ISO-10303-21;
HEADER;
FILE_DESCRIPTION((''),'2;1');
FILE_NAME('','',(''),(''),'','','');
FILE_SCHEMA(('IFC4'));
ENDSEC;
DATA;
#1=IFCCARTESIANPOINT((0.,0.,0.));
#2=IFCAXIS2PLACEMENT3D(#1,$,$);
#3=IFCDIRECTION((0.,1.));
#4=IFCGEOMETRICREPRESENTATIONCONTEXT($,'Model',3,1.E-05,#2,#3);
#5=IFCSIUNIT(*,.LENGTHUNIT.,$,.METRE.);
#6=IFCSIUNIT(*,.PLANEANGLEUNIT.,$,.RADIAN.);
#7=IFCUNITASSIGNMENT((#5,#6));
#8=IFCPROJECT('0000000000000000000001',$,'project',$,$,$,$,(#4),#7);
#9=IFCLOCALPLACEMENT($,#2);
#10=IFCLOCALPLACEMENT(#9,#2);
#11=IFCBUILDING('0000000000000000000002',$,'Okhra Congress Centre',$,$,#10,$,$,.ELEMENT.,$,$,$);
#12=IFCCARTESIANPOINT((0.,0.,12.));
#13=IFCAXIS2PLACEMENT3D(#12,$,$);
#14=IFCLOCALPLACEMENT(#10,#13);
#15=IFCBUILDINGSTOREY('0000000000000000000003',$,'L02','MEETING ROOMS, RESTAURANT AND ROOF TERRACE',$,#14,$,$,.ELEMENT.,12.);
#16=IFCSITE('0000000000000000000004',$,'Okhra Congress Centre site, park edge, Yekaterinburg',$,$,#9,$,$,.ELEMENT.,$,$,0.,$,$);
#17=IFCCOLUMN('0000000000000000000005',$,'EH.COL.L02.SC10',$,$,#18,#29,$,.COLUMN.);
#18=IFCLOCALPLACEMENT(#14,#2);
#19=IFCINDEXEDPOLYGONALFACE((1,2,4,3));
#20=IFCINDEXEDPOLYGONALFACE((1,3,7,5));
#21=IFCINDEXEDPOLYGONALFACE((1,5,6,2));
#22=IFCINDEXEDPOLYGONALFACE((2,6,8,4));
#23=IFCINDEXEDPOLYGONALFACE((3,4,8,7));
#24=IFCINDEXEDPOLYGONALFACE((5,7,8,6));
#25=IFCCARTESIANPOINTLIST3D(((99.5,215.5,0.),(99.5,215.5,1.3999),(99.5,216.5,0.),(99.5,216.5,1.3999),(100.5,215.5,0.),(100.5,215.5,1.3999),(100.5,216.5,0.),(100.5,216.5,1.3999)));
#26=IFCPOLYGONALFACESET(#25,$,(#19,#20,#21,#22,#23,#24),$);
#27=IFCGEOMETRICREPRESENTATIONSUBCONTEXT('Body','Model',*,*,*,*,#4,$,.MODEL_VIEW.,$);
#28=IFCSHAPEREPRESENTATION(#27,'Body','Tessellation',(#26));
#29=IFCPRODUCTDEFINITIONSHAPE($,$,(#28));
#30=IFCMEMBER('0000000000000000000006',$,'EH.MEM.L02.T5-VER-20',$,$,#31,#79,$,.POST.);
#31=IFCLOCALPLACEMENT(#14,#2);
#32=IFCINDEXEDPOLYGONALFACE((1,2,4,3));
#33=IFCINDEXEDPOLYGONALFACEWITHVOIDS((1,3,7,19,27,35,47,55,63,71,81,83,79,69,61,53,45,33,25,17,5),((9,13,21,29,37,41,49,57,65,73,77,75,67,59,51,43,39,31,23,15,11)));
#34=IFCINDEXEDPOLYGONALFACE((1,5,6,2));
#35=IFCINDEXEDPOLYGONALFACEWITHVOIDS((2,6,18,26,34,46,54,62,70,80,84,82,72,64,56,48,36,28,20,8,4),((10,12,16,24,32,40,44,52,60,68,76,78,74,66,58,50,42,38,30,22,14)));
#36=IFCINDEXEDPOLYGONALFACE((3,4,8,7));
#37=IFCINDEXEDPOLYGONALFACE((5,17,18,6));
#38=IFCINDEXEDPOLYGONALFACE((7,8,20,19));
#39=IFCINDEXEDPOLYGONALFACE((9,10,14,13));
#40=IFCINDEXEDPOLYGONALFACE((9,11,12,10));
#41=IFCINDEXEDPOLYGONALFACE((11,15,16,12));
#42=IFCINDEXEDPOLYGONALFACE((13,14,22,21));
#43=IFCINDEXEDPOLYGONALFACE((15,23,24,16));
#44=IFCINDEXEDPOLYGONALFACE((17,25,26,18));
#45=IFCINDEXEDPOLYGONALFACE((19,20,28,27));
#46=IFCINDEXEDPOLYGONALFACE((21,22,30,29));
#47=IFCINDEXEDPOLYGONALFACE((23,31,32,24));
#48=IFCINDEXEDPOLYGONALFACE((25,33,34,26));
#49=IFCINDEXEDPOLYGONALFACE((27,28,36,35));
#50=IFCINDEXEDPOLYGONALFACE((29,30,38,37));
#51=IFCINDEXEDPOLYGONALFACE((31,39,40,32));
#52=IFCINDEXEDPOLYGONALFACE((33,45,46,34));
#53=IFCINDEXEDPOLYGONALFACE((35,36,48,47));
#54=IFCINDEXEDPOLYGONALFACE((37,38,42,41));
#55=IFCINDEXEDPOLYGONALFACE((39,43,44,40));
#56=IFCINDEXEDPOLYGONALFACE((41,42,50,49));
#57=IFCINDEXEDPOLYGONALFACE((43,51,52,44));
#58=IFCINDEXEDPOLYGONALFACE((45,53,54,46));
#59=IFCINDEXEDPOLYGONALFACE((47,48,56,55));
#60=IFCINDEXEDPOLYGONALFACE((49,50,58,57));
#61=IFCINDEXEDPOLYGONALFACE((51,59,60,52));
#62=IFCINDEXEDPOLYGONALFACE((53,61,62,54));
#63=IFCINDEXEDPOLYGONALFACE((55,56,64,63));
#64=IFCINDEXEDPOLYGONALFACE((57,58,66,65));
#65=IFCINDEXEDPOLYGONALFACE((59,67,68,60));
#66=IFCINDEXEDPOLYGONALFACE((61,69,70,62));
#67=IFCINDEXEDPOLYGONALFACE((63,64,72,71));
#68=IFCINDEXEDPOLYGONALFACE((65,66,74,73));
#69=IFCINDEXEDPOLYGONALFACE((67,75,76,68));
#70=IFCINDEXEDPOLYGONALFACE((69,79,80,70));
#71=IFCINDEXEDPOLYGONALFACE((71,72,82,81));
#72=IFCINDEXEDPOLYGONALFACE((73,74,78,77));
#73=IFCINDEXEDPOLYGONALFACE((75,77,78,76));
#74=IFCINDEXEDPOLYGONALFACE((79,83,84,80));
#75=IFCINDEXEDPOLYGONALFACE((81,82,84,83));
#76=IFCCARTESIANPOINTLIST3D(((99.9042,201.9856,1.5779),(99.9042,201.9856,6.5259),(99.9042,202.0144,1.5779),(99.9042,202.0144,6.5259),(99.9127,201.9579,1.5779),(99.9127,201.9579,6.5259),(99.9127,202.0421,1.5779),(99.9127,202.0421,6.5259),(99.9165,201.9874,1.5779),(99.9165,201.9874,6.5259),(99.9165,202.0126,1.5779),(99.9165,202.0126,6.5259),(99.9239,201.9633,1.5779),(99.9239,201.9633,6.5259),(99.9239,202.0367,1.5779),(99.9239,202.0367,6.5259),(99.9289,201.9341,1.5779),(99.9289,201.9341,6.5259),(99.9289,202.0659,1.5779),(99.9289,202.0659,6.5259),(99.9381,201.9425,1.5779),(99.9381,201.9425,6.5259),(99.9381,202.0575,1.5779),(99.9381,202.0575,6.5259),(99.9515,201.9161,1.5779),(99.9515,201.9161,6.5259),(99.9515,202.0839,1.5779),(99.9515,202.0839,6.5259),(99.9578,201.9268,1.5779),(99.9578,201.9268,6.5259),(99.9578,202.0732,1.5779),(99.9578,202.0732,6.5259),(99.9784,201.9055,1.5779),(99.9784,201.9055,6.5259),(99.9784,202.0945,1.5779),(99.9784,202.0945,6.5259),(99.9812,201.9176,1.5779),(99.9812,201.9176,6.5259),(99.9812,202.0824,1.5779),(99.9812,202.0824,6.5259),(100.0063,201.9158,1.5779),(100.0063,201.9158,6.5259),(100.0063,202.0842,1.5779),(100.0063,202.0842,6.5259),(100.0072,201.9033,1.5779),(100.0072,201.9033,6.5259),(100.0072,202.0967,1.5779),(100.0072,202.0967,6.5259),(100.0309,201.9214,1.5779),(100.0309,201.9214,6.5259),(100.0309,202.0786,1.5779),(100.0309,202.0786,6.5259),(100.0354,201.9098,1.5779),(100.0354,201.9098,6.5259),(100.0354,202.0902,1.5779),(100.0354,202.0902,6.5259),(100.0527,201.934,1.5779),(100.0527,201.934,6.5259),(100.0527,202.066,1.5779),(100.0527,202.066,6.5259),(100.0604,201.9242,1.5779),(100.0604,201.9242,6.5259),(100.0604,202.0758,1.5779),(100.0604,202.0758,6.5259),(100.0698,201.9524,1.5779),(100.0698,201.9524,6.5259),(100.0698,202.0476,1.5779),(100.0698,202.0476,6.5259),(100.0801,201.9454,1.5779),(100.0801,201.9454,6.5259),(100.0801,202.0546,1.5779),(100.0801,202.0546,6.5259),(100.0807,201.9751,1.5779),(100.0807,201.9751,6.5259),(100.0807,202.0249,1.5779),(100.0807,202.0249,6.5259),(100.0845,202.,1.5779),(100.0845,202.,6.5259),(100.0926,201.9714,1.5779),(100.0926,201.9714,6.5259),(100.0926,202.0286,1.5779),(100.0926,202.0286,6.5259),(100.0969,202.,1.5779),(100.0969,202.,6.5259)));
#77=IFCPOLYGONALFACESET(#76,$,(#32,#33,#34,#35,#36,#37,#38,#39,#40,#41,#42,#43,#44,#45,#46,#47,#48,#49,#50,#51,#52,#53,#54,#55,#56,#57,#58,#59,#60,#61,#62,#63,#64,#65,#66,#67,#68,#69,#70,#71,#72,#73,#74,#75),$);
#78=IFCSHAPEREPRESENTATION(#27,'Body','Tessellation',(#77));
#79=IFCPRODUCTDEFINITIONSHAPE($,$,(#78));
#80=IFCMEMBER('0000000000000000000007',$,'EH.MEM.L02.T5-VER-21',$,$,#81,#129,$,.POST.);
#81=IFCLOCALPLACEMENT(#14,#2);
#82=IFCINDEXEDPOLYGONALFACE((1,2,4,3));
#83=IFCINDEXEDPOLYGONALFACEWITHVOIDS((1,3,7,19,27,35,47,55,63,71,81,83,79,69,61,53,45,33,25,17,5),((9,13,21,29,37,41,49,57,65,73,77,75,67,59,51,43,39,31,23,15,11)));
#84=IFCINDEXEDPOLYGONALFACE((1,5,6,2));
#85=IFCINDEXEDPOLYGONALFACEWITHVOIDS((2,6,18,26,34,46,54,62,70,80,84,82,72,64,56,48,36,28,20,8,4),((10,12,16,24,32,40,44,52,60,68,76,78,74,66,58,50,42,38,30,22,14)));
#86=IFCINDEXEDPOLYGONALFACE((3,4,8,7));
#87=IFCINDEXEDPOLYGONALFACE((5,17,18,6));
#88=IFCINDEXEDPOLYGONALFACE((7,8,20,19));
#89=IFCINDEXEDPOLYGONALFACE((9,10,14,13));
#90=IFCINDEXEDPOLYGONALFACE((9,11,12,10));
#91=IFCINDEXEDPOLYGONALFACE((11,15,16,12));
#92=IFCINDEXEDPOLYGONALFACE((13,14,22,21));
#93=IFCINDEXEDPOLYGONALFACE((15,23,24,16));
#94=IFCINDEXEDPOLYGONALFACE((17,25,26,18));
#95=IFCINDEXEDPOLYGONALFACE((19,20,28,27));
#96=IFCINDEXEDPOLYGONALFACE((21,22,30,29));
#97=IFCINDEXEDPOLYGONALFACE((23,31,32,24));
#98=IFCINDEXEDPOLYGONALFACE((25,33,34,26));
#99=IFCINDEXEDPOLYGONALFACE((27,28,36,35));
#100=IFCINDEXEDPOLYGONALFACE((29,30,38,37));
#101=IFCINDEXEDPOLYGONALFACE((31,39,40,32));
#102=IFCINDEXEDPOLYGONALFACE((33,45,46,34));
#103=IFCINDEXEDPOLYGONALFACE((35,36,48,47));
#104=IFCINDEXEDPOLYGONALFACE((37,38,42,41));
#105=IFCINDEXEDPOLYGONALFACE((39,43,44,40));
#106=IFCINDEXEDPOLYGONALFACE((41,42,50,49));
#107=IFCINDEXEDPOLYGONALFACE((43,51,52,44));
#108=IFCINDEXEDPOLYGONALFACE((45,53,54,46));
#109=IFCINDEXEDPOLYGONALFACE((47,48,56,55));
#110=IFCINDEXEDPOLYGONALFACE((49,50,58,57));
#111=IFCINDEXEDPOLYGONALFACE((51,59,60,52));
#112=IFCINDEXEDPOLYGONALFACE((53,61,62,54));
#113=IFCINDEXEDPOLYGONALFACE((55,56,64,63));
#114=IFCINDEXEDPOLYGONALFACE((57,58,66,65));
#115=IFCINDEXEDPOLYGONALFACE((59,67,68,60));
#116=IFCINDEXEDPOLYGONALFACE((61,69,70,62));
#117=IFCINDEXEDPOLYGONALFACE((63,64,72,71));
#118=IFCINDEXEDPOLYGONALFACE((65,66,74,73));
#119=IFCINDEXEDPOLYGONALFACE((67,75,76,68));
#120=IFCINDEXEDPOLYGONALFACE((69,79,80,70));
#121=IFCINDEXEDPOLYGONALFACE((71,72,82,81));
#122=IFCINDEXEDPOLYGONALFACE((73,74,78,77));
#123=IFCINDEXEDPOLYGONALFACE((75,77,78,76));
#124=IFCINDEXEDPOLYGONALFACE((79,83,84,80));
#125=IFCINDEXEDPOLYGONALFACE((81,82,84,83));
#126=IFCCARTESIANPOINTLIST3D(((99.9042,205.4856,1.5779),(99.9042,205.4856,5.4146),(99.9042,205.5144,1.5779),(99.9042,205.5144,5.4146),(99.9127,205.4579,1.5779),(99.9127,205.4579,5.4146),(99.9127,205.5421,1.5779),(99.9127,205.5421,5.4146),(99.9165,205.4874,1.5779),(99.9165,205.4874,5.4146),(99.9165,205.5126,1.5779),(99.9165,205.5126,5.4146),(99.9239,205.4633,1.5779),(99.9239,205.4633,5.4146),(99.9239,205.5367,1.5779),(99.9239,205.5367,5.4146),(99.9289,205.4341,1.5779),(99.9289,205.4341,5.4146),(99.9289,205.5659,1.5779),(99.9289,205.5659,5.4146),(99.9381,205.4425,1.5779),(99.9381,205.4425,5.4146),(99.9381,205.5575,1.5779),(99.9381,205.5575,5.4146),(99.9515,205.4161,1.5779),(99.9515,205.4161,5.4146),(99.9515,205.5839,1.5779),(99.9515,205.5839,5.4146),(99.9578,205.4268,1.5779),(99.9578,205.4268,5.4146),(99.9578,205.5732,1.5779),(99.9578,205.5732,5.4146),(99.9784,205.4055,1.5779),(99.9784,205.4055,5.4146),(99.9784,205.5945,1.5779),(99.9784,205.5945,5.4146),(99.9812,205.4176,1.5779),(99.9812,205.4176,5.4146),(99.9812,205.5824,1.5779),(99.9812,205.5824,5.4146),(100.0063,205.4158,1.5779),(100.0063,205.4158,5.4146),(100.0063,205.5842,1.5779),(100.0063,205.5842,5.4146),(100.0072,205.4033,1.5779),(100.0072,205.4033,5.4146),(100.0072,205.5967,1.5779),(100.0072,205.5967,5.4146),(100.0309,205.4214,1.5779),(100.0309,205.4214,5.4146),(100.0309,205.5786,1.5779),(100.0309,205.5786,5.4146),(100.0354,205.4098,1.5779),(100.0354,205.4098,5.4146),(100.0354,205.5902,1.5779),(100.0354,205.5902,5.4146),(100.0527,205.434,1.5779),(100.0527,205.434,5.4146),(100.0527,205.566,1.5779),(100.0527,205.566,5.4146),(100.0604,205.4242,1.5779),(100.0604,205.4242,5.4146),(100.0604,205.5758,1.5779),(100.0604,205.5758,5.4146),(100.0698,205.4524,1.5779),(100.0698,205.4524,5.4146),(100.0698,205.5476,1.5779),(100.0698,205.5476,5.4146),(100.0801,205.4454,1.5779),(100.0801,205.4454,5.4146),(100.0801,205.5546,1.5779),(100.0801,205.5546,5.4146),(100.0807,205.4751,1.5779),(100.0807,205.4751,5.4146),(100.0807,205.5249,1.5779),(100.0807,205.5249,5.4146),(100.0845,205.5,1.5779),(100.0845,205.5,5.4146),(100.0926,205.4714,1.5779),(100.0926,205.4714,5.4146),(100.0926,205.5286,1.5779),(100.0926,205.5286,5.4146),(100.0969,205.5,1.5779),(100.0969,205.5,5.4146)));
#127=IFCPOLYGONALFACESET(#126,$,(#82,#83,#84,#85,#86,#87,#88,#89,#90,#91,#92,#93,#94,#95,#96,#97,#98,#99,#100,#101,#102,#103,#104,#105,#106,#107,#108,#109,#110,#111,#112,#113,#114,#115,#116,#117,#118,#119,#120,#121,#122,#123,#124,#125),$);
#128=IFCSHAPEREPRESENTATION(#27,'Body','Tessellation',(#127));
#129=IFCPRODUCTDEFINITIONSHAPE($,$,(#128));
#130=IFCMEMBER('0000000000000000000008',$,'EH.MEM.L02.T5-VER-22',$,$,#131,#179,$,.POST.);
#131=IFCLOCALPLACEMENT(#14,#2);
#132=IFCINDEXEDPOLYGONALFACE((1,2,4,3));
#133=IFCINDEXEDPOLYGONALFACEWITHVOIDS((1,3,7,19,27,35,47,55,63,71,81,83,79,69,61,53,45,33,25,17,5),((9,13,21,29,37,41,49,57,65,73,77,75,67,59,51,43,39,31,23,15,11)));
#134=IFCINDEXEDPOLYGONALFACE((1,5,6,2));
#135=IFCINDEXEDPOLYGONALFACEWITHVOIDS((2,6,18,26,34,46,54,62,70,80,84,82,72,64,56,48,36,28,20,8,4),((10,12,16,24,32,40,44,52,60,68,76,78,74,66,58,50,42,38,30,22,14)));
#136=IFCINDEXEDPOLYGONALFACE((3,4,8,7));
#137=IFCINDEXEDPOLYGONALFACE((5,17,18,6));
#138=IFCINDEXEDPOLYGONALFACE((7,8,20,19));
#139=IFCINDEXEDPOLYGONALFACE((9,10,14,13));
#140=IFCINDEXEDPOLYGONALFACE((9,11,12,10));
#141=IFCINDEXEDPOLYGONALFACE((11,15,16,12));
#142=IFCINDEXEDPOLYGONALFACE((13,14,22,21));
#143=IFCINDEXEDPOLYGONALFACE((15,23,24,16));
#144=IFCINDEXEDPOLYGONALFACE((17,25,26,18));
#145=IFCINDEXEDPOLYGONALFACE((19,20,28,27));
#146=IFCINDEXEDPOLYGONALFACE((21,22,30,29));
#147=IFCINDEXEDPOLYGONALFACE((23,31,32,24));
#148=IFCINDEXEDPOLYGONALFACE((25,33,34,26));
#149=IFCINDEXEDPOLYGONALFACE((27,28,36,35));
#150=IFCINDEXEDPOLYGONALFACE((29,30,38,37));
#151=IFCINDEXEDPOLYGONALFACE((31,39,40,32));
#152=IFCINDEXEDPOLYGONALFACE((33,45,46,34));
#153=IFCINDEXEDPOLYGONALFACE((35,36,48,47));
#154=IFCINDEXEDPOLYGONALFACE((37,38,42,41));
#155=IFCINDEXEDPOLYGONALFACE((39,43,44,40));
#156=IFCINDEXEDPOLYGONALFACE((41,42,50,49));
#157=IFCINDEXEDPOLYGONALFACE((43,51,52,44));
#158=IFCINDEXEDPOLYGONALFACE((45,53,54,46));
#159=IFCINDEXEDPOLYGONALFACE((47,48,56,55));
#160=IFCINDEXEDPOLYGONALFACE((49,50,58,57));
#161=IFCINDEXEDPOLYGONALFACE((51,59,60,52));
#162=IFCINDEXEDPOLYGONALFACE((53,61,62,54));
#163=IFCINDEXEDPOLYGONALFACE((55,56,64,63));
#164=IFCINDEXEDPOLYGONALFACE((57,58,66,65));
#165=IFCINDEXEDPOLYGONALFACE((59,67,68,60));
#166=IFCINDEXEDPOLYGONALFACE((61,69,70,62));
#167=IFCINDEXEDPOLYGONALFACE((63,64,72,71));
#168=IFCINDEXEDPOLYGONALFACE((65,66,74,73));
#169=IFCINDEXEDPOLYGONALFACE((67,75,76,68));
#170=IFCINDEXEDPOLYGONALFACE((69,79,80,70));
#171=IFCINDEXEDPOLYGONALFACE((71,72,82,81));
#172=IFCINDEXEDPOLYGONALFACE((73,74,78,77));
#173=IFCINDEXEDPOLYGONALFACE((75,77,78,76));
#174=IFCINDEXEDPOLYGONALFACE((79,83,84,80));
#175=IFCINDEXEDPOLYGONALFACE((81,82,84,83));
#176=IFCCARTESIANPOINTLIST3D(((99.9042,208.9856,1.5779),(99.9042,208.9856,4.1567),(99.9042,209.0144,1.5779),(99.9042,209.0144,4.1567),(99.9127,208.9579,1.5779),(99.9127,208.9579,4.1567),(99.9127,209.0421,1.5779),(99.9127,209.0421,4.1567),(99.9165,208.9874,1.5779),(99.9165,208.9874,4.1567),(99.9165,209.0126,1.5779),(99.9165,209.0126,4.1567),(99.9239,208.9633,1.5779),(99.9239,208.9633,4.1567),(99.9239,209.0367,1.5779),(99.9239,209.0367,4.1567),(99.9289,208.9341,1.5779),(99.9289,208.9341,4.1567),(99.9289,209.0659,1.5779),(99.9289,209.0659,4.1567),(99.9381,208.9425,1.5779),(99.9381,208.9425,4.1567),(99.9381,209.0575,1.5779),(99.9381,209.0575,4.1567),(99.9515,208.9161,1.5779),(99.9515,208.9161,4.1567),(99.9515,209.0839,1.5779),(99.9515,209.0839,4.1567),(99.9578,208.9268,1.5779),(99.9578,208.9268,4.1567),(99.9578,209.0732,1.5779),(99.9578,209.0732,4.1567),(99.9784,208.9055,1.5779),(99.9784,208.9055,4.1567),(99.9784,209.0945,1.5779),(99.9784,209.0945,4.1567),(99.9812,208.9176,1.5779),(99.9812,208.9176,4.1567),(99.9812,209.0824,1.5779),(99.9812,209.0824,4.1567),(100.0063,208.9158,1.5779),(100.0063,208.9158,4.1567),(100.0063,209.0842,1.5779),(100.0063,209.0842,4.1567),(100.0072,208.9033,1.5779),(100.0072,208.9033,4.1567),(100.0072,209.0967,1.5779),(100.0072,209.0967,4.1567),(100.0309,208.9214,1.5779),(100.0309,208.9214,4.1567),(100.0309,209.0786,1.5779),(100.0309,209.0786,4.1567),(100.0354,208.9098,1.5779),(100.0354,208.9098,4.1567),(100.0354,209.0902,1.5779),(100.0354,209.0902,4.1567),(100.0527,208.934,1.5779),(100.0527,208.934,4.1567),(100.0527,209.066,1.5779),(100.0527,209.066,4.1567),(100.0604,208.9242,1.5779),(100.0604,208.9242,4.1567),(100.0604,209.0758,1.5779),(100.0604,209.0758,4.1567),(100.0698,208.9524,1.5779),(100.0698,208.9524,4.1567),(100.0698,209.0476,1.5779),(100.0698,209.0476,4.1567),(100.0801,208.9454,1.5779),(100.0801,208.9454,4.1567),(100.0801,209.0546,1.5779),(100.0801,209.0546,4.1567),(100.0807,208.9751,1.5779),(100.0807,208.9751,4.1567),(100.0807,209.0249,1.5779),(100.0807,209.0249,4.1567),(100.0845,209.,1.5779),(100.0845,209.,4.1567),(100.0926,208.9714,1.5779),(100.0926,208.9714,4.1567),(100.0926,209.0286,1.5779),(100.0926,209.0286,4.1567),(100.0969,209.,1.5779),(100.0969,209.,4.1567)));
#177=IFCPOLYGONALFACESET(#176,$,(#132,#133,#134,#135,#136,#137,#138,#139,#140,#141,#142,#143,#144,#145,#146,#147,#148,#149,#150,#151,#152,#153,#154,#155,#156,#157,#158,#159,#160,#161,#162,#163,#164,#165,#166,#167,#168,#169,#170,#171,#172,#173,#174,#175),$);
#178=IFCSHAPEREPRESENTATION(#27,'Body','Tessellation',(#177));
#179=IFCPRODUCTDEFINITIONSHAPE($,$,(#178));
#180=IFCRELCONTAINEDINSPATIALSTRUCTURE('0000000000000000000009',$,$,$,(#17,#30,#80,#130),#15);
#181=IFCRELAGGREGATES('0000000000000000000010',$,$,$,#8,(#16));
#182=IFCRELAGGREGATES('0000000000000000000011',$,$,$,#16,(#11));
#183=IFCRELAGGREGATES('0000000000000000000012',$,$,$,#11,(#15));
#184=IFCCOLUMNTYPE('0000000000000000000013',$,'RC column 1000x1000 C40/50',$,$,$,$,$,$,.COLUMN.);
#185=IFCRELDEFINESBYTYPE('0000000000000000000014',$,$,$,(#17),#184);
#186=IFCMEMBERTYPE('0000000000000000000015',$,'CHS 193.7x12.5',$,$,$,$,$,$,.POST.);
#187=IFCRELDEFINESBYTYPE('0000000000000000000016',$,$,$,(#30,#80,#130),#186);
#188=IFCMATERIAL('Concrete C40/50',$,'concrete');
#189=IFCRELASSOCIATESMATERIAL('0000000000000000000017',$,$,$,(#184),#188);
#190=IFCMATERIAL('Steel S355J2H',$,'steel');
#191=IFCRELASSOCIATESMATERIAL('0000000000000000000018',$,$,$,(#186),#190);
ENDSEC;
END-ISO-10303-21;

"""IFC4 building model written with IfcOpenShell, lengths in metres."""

from ifc_helpers import new_model, si_unit, direction, frame, origin, origin_2d, place, context, subcontext, project, spatial, rectangle, hollow_circle, extrude, material, material_profile, profile_set, type_object, element, save


model = new_model("IFC4")

# Units and contexts
model_context = context("Model", 3, precision=1e-05, world=origin(), true_north=direction((0.0, 1.0)))
body_context = subcontext(model_context, "Body", "Model", "MODEL_VIEW")
ifc_project = project(units=[si_unit("LENGTHUNIT", "METRE"), si_unit("PLANEANGLEUNIT", "RADIAN")], contexts=[model_context])

# Site, building, storey
site_placement = place(None, origin())
site = spatial("IfcSite", under=ifc_project, at=site_placement, Name="Okhra Congress Centre site, park edge, Yekaterinburg", CompositionType="ELEMENT", RefElevation=0.0)
building_placement = place(site_placement, origin())
building = spatial("IfcBuilding", under=site, at=building_placement, Name="Okhra Congress Centre", CompositionType="ELEMENT")
storey_placement = place(building_placement, frame((0.0, 0.0, 12.0)))
storey = spatial("IfcBuildingStorey", under=building, at=storey_placement, Name="L02", Description="MEETING ROOMS, RESTAURANT AND ROOF TERRACE", CompositionType="ELEMENT", Elevation=12.0)

# Column
ifc_material_1 = material(Name="Concrete C40/50", Category="concrete")
ifc_material_profile_1 = material_profile(ifc_material_1, rectangle(XDim=1.0, YDim=1.0, at=origin_2d()), Name="RC 1000x1000")
ifc_profile_set_1 = profile_set([ifc_material_profile_1], Name="Concrete C40/50")
column_type = type_object("IfcColumnType", Name="RC column 1000x1000 C40/50", PredefinedType="COLUMN", material=ifc_profile_set_1)
column_placement = place(storey_placement, frame((100.0, 216.0, 0.0), z_axis=(0.0, 0.0, 1.0), x_axis=(1.0, 0.0, 0.0)))
element("IfcColumn", 1, at=column_placement, inside=storey, type_object=column_type, Name="EH.COL.L02.SC10", PredefinedType="COLUMN", context=body_context, shape_type="SweptSolid", body=[
    extrude(rectangle(XDim=1.0, YDim=1.0, at=origin_2d()), origin(), (0.0, 0.0, 1.0), 1.3999),
])

# Members
ifc_material_2 = material(Name="Steel S355J2H", Category="steel")
ifc_material_profile_2 = material_profile(ifc_material_2, hollow_circle(Radius=0.0969, WallThickness=0.0125, at=origin_2d()), Name="CHS 193.7x12.5")
ifc_profile_set_2 = profile_set([ifc_material_profile_2], Name="Steel S355J2H")
member_type_1 = type_object("IfcMemberType", Name="CHS 193.7x12.5", PredefinedType="POST", material=ifc_profile_set_2)
member_1_placement = place(storey_placement, frame((100.0, 202.0, 1.5779), z_axis=(0.0, 0.0, 1.0), x_axis=(1.0, 0.0, 0.0)))
element("IfcMember", 2, at=member_1_placement, inside=storey, type_object=member_type_1, Name="EH.MEM.L02.T5-VER-20", PredefinedType="POST", context=body_context, shape_type="SweptSolid", body=[
    extrude(hollow_circle(Radius=0.0969, WallThickness=0.0125, at=origin_2d()), origin(), (0.0, 0.0, 1.0), 4.948),
])
member_2_placement = place(storey_placement, frame((100.0, 205.5, 1.5779), z_axis=(0.0, 0.0, 1.0), x_axis=(1.0, 0.0, 0.0)))
element("IfcMember", 3, at=member_2_placement, inside=storey, type_object=member_type_1, Name="EH.MEM.L02.T5-VER-21", PredefinedType="POST", context=body_context, shape_type="SweptSolid", body=[
    extrude(hollow_circle(Radius=0.0969, WallThickness=0.0125, at=origin_2d()), origin(), (0.0, 0.0, 1.0), 3.8367),
])
member_3_placement = place(storey_placement, frame((100.0, 209.0, 1.5779), z_axis=(0.0, 0.0, 1.0), x_axis=(1.0, 0.0, 0.0)))
element("IfcMember", 4, at=member_3_placement, inside=storey, type_object=member_type_1, Name="EH.MEM.L02.T5-VER-22", PredefinedType="POST", context=body_context, shape_type="SweptSolid", body=[
    extrude(hollow_circle(Radius=0.0969, WallThickness=0.0125, at=origin_2d()), origin(), (0.0, 0.0, 1.0), 2.5789),
])

save(model, "model.ifc")
